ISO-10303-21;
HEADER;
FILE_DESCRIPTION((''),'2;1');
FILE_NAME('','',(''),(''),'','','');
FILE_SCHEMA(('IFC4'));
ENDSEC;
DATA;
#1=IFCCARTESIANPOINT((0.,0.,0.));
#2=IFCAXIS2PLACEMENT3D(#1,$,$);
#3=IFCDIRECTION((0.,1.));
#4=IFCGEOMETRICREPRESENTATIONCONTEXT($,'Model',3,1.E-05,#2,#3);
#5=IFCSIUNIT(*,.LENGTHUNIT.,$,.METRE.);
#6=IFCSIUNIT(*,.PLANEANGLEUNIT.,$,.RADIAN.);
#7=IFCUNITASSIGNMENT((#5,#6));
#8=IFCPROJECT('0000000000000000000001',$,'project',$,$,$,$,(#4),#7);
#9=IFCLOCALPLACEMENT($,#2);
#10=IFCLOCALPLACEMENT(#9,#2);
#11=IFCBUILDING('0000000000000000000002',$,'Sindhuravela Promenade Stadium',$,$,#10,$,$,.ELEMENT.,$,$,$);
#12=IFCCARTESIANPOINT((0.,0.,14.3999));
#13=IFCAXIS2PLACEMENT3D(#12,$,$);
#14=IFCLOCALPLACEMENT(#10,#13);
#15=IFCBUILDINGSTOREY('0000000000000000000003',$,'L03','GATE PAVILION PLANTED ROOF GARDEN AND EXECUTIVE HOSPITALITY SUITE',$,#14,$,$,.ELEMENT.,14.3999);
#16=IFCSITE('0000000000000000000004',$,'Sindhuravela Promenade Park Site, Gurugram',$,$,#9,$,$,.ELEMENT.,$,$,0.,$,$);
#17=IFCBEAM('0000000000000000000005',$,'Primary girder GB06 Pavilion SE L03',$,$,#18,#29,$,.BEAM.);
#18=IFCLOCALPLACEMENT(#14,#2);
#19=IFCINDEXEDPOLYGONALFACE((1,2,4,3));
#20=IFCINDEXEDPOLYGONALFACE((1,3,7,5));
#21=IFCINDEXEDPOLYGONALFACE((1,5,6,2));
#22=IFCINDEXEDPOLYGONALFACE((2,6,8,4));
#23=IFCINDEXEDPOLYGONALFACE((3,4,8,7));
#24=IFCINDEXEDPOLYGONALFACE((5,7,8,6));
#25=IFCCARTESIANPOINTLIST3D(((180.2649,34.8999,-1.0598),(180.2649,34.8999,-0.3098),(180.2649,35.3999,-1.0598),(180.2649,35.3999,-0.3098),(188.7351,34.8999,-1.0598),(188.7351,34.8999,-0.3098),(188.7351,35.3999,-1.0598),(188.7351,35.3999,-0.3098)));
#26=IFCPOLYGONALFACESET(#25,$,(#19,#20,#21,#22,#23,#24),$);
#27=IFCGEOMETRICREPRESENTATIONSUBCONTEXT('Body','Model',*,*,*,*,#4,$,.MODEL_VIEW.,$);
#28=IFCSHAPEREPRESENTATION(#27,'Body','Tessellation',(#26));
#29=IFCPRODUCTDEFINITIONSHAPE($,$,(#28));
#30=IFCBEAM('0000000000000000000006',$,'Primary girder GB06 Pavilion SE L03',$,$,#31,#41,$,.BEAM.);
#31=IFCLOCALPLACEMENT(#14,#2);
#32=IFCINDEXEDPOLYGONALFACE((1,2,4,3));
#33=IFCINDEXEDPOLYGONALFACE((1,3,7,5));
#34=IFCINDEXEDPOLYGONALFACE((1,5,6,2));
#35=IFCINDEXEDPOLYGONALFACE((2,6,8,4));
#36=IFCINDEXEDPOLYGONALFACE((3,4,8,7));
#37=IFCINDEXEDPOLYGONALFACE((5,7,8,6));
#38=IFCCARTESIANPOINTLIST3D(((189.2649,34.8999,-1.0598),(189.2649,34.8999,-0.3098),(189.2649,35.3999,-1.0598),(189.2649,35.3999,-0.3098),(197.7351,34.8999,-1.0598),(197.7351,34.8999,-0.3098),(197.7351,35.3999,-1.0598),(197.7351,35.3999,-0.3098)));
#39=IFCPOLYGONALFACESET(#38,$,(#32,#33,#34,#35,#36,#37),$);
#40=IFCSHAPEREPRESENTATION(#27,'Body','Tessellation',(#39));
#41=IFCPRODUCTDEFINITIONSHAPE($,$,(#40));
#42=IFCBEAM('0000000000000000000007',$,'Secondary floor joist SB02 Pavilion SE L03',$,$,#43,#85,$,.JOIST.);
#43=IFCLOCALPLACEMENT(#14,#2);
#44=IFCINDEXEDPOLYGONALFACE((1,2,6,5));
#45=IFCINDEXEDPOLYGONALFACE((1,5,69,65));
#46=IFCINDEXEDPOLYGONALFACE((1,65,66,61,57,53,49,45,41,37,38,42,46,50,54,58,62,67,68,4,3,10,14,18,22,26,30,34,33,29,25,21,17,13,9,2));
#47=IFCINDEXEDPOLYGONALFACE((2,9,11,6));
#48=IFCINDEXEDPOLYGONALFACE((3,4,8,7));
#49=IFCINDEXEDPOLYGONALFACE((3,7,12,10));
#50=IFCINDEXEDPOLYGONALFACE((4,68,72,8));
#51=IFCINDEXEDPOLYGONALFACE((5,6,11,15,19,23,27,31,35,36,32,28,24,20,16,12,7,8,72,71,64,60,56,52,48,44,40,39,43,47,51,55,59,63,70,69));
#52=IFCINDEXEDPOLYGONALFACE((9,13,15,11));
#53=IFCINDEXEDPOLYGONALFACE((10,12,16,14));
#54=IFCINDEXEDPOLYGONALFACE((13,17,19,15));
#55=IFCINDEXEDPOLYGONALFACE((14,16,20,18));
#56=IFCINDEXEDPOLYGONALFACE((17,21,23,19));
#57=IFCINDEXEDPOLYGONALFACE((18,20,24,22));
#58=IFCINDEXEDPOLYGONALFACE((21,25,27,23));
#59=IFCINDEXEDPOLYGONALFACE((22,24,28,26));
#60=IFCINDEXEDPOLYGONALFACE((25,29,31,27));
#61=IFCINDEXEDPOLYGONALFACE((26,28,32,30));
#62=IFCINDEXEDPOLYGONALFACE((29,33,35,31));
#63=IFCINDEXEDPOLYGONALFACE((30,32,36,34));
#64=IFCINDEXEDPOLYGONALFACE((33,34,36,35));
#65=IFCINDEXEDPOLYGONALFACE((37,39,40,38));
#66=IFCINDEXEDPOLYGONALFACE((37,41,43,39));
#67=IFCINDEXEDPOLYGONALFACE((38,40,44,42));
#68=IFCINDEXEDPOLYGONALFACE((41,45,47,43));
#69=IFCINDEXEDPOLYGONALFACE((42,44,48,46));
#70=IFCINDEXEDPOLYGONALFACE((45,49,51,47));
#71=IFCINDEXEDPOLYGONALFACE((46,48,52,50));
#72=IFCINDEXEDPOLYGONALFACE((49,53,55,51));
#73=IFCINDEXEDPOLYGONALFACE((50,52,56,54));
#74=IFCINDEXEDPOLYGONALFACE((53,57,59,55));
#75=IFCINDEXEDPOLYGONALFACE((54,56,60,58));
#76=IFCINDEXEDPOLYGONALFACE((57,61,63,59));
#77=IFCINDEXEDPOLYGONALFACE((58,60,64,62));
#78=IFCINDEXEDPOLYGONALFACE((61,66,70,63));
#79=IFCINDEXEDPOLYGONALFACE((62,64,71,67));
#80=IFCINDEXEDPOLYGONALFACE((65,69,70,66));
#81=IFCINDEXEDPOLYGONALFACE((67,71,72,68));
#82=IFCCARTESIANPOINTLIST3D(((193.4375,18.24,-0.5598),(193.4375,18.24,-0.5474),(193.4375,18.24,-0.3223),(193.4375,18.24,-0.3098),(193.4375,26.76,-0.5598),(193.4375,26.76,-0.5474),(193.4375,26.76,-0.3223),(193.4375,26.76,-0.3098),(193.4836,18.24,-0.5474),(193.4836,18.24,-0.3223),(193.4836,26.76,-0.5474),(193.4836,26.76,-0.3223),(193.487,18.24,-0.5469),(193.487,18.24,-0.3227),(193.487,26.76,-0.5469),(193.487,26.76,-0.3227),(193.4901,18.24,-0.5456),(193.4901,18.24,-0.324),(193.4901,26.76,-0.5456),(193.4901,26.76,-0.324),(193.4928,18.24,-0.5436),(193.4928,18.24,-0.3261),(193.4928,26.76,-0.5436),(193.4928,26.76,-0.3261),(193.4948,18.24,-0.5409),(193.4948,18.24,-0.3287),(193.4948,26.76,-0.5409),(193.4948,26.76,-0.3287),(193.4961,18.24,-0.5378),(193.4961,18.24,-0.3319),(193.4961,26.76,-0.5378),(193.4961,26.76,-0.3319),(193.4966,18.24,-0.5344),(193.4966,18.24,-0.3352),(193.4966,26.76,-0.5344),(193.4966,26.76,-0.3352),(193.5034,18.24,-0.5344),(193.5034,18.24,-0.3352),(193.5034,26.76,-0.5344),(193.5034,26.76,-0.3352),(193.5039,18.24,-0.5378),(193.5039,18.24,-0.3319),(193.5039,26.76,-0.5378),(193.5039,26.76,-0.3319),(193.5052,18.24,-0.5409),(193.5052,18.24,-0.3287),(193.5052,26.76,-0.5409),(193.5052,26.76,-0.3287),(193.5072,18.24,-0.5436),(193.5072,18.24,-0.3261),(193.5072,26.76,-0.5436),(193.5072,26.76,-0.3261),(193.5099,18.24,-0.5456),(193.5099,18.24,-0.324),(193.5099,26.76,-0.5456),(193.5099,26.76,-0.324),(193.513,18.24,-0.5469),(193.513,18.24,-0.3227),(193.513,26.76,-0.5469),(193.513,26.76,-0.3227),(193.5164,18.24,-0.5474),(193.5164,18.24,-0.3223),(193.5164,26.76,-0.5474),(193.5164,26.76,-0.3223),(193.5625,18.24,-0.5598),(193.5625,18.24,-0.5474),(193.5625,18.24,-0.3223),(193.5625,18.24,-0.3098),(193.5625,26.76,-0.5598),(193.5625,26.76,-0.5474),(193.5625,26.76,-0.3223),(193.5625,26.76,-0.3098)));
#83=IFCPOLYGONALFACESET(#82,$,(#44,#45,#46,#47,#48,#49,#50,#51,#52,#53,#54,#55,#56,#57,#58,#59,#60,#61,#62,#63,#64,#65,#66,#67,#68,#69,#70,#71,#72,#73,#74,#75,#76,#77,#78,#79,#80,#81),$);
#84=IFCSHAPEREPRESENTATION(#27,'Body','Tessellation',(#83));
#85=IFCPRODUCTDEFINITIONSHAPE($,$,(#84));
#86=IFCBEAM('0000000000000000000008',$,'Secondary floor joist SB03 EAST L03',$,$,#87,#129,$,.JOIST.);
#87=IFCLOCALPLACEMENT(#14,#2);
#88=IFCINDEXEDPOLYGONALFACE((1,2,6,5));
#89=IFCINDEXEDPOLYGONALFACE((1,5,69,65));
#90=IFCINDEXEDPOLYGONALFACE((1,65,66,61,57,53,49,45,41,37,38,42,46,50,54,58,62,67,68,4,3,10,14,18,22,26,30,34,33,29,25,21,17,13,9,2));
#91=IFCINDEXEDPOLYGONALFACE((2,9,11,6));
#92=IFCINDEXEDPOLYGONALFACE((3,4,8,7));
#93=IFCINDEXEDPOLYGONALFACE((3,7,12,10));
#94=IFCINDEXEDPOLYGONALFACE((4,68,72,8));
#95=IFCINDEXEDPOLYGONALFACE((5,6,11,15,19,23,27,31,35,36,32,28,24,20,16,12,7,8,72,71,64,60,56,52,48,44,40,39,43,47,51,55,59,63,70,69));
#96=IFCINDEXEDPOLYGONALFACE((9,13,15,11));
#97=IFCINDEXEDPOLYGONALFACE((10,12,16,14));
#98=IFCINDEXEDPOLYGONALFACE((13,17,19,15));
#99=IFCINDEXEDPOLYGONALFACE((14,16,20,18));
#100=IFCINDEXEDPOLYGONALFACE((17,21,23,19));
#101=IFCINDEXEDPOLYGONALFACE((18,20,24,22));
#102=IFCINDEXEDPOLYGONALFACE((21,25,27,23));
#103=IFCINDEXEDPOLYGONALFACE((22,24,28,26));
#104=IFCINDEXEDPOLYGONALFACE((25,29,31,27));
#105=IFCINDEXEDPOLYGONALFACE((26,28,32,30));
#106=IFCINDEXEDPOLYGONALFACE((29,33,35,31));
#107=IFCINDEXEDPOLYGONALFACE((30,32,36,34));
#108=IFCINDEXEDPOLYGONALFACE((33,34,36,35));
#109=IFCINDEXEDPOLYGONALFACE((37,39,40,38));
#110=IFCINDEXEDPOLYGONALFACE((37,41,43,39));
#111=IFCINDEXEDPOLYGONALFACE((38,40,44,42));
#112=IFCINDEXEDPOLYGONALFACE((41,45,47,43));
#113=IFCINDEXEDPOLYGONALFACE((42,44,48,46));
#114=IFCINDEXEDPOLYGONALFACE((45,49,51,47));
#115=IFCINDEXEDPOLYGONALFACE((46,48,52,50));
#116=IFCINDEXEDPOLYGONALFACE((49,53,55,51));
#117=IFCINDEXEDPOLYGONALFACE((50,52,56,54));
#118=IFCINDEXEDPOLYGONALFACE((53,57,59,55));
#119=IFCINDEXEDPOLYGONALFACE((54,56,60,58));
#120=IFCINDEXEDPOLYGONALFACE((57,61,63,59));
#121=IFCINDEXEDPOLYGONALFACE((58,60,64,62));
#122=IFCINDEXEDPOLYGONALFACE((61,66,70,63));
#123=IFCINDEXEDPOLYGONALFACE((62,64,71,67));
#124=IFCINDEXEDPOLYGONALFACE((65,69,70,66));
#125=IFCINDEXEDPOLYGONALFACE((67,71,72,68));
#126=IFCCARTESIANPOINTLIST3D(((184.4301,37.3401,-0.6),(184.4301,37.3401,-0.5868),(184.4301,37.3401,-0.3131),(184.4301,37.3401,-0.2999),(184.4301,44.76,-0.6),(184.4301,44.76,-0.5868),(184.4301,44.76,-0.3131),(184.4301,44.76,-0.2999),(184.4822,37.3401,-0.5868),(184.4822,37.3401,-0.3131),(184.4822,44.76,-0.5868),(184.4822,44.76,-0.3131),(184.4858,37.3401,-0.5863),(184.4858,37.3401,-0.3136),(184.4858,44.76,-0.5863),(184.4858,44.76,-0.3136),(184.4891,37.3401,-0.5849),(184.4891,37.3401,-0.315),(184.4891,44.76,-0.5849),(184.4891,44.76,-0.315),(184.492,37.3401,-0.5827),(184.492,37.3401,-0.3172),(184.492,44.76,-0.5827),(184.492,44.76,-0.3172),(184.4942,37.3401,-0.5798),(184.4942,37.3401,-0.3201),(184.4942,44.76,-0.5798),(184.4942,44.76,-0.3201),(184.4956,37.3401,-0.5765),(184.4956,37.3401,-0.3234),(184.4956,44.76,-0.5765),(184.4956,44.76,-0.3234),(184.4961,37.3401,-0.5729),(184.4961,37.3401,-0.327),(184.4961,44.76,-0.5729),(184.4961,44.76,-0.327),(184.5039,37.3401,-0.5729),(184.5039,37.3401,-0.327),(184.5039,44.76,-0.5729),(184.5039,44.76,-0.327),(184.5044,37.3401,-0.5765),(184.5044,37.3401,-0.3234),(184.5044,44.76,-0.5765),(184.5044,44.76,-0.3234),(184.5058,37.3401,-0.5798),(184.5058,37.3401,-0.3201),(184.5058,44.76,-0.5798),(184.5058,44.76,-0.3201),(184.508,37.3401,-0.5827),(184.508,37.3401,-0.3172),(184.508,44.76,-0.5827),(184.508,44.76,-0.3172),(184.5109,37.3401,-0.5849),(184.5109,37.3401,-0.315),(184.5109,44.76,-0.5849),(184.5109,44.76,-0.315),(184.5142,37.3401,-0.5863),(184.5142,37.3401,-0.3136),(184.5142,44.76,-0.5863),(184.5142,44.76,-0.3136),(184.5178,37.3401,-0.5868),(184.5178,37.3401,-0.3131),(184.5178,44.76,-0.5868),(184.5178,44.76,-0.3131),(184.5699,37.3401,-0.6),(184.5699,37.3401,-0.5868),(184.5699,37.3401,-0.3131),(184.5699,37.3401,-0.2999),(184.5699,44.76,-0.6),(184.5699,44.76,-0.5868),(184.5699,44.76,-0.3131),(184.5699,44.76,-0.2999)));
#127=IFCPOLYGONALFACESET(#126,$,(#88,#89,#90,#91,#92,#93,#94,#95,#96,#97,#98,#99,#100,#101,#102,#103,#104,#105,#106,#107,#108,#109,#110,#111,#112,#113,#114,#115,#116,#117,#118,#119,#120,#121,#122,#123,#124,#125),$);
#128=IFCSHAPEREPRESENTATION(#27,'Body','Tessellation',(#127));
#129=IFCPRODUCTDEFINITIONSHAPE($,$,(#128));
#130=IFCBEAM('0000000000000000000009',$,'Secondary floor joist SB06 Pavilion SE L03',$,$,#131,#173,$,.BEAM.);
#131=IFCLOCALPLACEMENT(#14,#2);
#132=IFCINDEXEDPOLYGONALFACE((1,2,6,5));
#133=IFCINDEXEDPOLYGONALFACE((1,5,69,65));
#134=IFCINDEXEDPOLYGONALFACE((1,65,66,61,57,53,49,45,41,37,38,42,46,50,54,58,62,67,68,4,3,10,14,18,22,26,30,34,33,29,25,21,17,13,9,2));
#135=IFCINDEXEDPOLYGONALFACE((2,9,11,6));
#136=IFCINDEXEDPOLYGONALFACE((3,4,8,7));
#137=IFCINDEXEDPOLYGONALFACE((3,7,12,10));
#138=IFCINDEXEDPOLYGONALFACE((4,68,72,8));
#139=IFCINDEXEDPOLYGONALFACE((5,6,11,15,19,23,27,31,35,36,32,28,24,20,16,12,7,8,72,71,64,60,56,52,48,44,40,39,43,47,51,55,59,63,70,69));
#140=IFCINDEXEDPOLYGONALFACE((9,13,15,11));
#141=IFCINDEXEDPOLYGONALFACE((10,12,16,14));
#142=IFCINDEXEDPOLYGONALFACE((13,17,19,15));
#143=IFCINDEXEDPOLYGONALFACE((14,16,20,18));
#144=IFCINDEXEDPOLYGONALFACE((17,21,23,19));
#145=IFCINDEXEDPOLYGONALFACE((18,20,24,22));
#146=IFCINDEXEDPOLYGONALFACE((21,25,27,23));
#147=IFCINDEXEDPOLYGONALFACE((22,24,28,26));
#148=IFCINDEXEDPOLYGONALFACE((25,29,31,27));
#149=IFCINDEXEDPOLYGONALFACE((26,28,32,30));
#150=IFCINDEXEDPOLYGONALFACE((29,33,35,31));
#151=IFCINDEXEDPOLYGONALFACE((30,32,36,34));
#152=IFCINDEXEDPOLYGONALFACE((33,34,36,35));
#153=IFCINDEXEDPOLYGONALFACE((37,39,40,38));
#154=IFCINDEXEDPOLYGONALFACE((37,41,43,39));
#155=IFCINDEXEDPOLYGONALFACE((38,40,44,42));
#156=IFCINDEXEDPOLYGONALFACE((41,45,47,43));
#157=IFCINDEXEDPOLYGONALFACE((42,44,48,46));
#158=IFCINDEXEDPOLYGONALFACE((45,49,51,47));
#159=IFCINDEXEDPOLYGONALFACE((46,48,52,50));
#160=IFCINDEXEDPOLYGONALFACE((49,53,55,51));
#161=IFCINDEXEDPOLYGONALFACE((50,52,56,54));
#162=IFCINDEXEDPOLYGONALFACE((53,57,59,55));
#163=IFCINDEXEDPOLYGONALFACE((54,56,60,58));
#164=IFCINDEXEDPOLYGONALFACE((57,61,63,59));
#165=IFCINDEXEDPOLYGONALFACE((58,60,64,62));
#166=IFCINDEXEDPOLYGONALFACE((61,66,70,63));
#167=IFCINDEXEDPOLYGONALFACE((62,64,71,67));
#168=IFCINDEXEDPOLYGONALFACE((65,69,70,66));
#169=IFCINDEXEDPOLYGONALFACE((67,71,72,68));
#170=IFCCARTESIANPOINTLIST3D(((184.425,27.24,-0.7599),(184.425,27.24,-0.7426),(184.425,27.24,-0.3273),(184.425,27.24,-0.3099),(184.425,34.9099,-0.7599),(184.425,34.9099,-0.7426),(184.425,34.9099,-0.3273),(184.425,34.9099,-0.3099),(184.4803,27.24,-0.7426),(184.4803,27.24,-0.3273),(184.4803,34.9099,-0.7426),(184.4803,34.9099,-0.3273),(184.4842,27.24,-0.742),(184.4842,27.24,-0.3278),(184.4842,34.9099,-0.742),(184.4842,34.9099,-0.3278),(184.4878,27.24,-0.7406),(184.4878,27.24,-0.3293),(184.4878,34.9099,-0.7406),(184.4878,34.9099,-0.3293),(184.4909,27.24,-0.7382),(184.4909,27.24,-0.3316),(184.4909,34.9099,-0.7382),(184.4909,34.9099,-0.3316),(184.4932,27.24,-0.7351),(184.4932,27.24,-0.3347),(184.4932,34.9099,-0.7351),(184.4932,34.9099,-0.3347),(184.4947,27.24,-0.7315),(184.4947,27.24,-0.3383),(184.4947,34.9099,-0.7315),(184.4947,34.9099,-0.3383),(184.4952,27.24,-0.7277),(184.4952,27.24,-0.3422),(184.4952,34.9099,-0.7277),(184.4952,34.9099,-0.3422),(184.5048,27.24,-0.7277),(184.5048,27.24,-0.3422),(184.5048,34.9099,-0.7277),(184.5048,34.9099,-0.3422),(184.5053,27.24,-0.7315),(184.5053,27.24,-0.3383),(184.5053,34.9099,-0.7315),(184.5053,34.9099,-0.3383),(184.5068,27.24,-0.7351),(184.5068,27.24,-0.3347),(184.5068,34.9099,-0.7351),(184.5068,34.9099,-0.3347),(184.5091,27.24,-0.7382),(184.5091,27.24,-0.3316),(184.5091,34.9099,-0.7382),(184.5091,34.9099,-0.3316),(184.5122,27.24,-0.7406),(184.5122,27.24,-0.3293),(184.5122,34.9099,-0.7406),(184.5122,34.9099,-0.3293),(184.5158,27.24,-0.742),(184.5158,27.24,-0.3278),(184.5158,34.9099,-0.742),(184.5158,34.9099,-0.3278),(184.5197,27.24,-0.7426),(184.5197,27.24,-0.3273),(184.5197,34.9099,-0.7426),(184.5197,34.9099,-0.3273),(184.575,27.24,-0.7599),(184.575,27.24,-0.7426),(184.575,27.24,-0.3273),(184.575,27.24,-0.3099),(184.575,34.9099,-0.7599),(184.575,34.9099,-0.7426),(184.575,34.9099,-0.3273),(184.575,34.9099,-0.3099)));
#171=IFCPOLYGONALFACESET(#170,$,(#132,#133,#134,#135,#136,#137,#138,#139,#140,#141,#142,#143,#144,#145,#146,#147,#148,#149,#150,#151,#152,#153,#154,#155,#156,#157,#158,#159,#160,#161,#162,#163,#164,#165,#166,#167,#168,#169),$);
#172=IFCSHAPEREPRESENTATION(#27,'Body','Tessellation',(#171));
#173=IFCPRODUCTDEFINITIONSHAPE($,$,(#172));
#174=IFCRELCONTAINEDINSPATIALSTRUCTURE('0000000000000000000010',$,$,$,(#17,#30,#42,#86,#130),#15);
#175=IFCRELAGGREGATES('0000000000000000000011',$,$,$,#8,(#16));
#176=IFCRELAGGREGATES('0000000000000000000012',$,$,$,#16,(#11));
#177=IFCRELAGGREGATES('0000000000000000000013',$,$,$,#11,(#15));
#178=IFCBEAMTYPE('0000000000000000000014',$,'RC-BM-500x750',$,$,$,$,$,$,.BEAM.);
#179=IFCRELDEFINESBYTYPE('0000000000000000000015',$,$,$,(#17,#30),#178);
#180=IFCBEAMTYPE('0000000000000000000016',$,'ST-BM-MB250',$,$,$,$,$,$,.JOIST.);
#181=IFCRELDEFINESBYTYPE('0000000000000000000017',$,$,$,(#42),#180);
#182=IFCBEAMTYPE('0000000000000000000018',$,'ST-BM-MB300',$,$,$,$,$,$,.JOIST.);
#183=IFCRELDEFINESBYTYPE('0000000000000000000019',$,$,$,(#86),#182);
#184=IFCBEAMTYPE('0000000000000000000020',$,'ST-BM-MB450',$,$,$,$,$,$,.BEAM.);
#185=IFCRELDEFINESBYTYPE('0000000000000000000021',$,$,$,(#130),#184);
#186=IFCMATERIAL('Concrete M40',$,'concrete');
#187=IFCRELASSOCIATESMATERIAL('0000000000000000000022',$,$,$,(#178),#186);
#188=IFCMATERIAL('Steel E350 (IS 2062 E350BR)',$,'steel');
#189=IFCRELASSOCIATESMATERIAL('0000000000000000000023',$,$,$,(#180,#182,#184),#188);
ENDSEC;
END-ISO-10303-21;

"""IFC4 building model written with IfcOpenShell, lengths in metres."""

from ifc_helpers import new_model, si_unit, direction, frame, origin, origin_2d, place, context, subcontext, project, spatial, rectangle, i_section, extrude, material, material_profile, profile_set, type_object, element, save


model = new_model("IFC4")

# Units and contexts
model_context = context("Model", 3, precision=1e-05, world=origin(), true_north=direction((0.0, 1.0)))
body_context = subcontext(model_context, "Body", "Model", "MODEL_VIEW")
ifc_project = project(units=[si_unit("LENGTHUNIT", "METRE"), si_unit("PLANEANGLEUNIT", "RADIAN")], contexts=[model_context])

# Site, building, storey
site_placement = place(None, origin())
site = spatial("IfcSite", under=ifc_project, at=site_placement, Name="Sindhuravela Promenade Park Site, Gurugram", CompositionType="ELEMENT", RefElevation=0.0)
building_placement = place(site_placement, origin())
building = spatial("IfcBuilding", under=site, at=building_placement, Name="Sindhuravela Promenade Stadium", CompositionType="ELEMENT")
storey_placement = place(building_placement, frame((0.0, 0.0, 14.3999)))
storey = spatial("IfcBuildingStorey", under=building, at=storey_placement, Name="L03", Description="GATE PAVILION PLANTED ROOF GARDEN AND EXECUTIVE HOSPITALITY SUITE", CompositionType="ELEMENT", Elevation=14.3999)

# Shared definitions
ifc_material_1 = material(Name="Concrete M40", Category="concrete")

# Beams
ifc_material_profile_1 = material_profile(ifc_material_1, rectangle(XDim=0.5, YDim=0.75, at=origin_2d()), Name="RC 500x750")
ifc_profile_set_1 = profile_set([ifc_material_profile_1], Name="Concrete M40")
beam_type_1 = type_object("IfcBeamType", Name="RC-BM-500x750", PredefinedType="BEAM", material=ifc_profile_set_1)
for number, where, z_axis, x_axis, name in (
    (1, (180.2649, 35.1499, -0.6848), (1.0, 0.0, 0.0), (0.0, 1.0, 0.0), "Primary girder GB06 Pavilion SE L03"),
    (2, (189.2649, 35.1499, -0.6848), (1.0, 0.0, 0.0), (0.0, 1.0, 0.0), "Primary girder GB06 Pavilion SE L03"),
):
    element("IfcBeam", number, at=place(storey_placement, frame(where, z_axis=z_axis, x_axis=x_axis)), inside=storey, type_object=beam_type_1, Name=name, PredefinedType="BEAM", context=body_context, shape_type="SweptSolid", body=[
        extrude(rectangle(XDim=0.5, YDim=0.75, at=origin_2d()), origin(), (0.0, 0.0, 1.0), 8.4702),
    ])
ifc_material_2 = material(Name="Steel E350 (IS 2062 E350BR)", Category="steel")
ifc_material_profile_2 = material_profile(ifc_material_2, i_section(OverallWidth=0.125, OverallDepth=0.25, WebThickness=0.0068, FlangeThickness=0.0125, FilletRadius=0.0129, at=origin_2d()), Name="ISMB 250")
ifc_profile_set_2 = profile_set([ifc_material_profile_2], Name="Steel E350 (IS 2062 E350BR)")
beam_type_2 = type_object("IfcBeamType", Name="ST-BM-MB250", PredefinedType="JOIST", material=ifc_profile_set_2)
beam_1_placement = place(storey_placement, frame((193.5, 18.24, -0.4348), z_axis=(0.0, 1.0, 0.0), x_axis=(-1.0, 0.0, 0.0)))
element("IfcBeam", 3, at=beam_1_placement, inside=storey, type_object=beam_type_2, Name="Secondary floor joist SB02 Pavilion SE L03", PredefinedType="JOIST", context=body_context, shape_type="SweptSolid", body=[
    extrude(i_section(OverallWidth=0.125, OverallDepth=0.25, WebThickness=0.0068, FlangeThickness=0.0125, FilletRadius=0.0129, at=origin_2d()), origin(), (0.0, 0.0, 1.0), 8.52),
])
ifc_material_profile_3 = material_profile(ifc_material_2, i_section(OverallWidth=0.1399, OverallDepth=0.3, WebThickness=0.0078, FlangeThickness=0.0132, FilletRadius=0.0139, at=origin_2d()), Name="ISMB 300")
ifc_profile_set_3 = profile_set([ifc_material_profile_3], Name="Steel E350 (IS 2062 E350BR)")
beam_type_3 = type_object("IfcBeamType", Name="ST-BM-MB300", PredefinedType="JOIST", material=ifc_profile_set_3)
beam_2_placement = place(storey_placement, frame((184.5, 37.3401, -0.45), z_axis=(0.0, 1.0, 0.0), x_axis=(-1.0, 0.0, 0.0)))
element("IfcBeam", 4, at=beam_2_placement, inside=storey, type_object=beam_type_3, Name="Secondary floor joist SB03 EAST L03", PredefinedType="JOIST", context=body_context, shape_type="SweptSolid", body=[
    extrude(i_section(OverallWidth=0.1399, OverallDepth=0.3, WebThickness=0.0078, FlangeThickness=0.0132, FilletRadius=0.0139, at=origin_2d()), origin(), (0.0, 0.0, 1.0), 7.4199),
])
ifc_material_profile_4 = material_profile(ifc_material_2, i_section(OverallWidth=0.1499, OverallDepth=0.45, WebThickness=0.0095, FlangeThickness=0.0173, FilletRadius=0.0149, at=origin_2d()), Name="ISMB 450")
ifc_profile_set_4 = profile_set([ifc_material_profile_4], Name="Steel E350 (IS 2062 E350BR)")
beam_type_4 = type_object("IfcBeamType", Name="ST-BM-MB450", PredefinedType="BEAM", material=ifc_profile_set_4)
beam_3_placement = place(storey_placement, frame((184.5, 27.24, -0.5349), z_axis=(0.0, 1.0, 0.0), x_axis=(-1.0, 0.0, 0.0)))
element("IfcBeam", 5, at=beam_3_placement, inside=storey, type_object=beam_type_4, Name="Secondary floor joist SB06 Pavilion SE L03", PredefinedType="BEAM", context=body_context, shape_type="SweptSolid", body=[
    extrude(i_section(OverallWidth=0.1499, OverallDepth=0.45, WebThickness=0.0095, FlangeThickness=0.0173, FilletRadius=0.0149, at=origin_2d()), origin(), (0.0, 0.0, 1.0), 7.6699),
])

save(model, "model.ifc")
